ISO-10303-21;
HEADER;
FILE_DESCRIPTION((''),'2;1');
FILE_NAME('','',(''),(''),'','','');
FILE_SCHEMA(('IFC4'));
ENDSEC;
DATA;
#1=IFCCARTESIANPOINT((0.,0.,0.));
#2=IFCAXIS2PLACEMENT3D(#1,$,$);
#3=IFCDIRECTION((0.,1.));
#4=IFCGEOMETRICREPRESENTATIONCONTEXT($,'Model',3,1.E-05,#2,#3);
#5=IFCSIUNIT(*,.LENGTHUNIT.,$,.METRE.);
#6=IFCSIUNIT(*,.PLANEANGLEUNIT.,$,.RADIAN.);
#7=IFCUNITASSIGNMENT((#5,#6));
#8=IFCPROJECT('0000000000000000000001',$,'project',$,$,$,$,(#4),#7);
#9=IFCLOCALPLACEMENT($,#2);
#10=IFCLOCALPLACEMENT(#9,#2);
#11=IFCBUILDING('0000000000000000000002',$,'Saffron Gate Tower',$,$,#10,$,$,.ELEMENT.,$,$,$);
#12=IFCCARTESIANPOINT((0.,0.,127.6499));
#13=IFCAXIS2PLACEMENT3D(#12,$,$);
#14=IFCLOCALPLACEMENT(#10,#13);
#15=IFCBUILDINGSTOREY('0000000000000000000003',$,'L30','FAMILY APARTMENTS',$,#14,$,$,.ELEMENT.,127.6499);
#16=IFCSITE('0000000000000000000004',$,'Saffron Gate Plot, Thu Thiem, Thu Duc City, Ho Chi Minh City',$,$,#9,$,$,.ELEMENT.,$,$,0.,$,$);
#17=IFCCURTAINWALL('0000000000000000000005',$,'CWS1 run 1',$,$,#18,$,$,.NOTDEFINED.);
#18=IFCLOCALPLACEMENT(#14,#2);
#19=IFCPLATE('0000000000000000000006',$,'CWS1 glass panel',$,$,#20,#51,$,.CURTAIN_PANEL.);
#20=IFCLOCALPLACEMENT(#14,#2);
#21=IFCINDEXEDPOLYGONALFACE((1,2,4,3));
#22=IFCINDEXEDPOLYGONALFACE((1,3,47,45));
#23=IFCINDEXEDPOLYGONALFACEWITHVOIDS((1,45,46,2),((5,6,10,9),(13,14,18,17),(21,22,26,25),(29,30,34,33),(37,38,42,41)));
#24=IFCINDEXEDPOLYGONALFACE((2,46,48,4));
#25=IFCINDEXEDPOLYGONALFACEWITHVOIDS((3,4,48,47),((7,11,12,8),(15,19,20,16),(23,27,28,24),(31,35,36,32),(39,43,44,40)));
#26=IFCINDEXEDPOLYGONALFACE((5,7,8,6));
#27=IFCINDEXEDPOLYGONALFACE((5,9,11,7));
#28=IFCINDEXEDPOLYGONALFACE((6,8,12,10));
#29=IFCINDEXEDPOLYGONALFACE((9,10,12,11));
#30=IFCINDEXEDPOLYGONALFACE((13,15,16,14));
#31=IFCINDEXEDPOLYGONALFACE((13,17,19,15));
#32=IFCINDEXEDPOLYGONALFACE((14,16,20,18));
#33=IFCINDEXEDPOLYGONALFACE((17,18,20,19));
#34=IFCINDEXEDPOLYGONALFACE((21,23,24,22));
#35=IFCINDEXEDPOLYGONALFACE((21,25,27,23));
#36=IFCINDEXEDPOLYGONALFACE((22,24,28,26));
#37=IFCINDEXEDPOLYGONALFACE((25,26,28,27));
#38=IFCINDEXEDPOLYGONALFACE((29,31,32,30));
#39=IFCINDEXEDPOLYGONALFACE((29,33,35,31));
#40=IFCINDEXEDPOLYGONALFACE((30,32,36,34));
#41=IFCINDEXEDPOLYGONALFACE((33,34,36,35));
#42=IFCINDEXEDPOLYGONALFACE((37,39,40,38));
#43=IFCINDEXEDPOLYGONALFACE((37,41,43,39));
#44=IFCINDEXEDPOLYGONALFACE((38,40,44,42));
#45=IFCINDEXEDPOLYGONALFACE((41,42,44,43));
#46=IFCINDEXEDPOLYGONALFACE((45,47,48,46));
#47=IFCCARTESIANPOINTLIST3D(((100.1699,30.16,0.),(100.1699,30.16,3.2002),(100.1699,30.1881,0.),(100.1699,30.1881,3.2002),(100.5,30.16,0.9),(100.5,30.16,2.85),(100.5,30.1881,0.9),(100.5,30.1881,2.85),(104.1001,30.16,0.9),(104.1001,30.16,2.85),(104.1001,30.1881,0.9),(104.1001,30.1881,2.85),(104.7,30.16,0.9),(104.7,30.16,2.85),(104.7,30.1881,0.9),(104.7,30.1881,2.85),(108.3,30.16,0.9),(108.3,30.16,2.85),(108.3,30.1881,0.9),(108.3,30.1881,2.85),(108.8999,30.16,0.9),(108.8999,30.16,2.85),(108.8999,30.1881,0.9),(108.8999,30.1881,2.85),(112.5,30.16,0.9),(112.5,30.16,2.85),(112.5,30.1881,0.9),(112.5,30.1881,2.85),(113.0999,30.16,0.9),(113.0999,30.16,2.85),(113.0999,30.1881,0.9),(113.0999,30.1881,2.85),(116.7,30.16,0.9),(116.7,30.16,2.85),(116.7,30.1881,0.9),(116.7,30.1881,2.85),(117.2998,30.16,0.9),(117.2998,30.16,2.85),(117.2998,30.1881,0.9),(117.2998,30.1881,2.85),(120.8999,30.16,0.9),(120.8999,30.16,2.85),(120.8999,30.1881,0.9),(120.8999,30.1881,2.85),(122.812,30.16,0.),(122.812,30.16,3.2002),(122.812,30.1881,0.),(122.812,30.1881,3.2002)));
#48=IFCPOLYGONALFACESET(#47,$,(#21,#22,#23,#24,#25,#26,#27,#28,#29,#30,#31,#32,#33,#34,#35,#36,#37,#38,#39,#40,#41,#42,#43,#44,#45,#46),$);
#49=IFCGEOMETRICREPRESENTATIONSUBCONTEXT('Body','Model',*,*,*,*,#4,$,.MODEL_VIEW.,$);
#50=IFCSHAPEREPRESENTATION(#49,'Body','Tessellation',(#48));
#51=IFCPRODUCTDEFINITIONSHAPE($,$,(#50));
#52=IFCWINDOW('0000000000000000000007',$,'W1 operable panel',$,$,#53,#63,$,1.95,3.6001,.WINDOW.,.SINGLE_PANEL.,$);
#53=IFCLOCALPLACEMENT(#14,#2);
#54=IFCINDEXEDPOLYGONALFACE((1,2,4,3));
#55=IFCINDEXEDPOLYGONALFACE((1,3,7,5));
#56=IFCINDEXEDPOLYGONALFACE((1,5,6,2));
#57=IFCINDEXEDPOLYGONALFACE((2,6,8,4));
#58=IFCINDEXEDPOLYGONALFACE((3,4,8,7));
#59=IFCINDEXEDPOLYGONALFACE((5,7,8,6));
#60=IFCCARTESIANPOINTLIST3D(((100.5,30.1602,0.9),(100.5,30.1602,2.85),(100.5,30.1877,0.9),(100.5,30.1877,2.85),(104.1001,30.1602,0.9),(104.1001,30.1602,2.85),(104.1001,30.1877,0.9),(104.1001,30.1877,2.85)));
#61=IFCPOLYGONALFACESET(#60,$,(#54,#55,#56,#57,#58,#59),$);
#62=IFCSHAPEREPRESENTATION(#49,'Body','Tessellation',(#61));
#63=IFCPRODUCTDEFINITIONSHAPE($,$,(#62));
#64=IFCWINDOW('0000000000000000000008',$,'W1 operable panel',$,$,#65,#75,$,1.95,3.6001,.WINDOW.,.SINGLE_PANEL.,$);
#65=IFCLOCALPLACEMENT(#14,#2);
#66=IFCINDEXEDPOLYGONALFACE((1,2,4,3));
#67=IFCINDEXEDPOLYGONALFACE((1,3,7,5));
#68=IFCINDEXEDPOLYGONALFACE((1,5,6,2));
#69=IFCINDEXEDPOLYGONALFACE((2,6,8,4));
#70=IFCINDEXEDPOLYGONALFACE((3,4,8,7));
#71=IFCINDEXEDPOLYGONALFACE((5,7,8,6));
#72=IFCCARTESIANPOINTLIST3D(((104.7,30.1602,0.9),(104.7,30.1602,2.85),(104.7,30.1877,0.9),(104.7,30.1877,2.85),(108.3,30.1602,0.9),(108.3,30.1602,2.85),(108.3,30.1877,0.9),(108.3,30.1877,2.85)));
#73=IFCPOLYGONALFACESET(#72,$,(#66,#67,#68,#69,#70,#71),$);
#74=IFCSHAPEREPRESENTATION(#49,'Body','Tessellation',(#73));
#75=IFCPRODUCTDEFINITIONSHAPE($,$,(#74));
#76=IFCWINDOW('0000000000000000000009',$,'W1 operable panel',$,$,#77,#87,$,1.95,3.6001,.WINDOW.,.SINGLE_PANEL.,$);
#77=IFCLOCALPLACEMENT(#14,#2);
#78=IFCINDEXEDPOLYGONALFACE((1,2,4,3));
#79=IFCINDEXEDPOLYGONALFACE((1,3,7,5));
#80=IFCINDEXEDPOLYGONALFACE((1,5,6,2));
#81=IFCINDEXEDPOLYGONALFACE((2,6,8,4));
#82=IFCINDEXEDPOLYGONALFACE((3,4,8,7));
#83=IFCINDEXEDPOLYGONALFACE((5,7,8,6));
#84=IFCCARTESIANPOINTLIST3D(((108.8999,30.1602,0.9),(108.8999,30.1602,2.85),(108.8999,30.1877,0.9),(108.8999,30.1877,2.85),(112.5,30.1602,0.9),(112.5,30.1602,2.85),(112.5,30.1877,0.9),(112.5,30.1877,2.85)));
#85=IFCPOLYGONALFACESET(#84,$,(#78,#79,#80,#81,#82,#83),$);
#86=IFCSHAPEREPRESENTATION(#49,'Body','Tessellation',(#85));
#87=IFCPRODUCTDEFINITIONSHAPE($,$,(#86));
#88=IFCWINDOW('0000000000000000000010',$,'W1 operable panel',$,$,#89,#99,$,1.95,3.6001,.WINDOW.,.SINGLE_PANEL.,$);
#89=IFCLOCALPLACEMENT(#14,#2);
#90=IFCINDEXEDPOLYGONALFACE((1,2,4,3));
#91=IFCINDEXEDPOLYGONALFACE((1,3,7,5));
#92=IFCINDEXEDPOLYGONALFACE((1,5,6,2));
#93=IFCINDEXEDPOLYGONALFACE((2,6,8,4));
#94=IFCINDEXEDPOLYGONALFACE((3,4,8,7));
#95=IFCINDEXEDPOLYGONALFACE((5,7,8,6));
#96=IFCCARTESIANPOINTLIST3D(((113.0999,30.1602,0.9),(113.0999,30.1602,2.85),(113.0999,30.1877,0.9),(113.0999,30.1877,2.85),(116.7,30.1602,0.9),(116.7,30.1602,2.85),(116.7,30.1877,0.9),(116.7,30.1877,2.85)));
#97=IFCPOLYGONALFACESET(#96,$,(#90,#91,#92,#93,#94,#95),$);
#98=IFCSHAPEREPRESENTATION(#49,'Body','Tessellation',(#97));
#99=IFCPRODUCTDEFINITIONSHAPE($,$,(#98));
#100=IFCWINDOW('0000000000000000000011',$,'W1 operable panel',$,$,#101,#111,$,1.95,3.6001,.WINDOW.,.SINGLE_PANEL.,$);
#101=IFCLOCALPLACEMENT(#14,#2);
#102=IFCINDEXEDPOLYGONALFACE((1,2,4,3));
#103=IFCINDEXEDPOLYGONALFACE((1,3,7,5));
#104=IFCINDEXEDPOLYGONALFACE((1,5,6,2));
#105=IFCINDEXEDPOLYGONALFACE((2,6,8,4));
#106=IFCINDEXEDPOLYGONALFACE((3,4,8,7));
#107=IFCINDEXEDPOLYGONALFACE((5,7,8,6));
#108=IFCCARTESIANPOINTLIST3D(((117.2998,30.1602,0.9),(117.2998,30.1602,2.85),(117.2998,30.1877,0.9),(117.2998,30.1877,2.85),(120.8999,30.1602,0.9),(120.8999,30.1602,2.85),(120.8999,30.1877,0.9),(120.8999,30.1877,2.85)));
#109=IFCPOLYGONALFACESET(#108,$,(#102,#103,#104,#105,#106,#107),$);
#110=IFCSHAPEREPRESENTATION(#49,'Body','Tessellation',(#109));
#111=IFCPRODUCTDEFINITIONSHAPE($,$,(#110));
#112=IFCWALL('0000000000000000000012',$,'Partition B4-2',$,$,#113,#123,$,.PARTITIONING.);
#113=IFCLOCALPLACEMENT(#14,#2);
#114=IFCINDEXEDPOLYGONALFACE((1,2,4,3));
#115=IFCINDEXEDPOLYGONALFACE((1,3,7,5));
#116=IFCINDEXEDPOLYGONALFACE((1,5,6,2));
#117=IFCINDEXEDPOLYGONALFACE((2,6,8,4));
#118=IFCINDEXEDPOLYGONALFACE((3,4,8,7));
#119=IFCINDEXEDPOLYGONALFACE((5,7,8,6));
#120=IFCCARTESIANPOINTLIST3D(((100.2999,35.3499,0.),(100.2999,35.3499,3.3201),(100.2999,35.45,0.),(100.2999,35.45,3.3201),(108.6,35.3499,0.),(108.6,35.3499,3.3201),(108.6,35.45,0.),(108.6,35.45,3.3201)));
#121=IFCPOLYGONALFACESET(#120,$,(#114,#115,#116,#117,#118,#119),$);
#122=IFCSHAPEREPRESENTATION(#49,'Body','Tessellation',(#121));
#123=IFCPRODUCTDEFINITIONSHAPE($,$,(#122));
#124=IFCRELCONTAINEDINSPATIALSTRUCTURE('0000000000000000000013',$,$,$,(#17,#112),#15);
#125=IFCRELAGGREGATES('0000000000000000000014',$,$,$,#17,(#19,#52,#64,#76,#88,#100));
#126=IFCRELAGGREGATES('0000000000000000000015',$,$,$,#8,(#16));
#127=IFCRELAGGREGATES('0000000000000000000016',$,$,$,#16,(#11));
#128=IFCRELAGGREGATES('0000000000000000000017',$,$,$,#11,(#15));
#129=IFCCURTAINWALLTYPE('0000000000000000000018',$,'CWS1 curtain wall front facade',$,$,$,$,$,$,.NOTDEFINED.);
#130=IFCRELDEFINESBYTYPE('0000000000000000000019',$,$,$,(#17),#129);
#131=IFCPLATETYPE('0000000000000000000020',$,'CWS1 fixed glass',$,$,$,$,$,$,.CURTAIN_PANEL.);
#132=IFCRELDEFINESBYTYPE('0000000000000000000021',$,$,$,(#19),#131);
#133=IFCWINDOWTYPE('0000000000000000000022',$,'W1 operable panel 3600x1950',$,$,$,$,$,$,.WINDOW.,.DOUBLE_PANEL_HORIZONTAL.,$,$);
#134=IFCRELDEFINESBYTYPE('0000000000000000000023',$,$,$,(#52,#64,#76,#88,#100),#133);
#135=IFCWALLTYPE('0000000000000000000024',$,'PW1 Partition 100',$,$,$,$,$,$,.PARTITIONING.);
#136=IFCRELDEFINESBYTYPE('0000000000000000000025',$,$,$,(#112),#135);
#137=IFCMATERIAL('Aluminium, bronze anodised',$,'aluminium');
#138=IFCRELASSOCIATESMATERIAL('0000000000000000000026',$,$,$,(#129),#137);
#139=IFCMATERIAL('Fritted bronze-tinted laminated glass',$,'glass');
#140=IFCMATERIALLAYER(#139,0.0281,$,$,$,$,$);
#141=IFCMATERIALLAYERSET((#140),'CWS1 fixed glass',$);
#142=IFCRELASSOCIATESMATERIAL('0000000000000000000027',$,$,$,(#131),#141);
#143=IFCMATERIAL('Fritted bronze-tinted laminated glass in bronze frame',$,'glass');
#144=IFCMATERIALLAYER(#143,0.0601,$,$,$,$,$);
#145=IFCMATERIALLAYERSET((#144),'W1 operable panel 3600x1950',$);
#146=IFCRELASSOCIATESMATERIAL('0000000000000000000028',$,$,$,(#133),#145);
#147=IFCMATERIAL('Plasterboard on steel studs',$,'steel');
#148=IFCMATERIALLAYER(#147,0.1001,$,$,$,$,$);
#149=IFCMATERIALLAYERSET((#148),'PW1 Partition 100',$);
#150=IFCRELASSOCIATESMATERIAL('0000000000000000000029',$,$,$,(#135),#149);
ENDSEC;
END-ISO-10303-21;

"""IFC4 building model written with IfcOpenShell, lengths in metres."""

from ifc_helpers import new_model, si_unit, direction, frame, frame_2d, origin, place, context, subcontext, project, spatial, rectangle, extrude, material, layer, layer_set, type_object, element, fill, aggregate, save


model = new_model("IFC4")

# Units and contexts
model_context = context("Model", 3, precision=1e-05, world=origin(), true_north=direction((0.0, 1.0)))
body_context = subcontext(model_context, "Body", "Model", "MODEL_VIEW")
ifc_project = project(units=[si_unit("LENGTHUNIT", "METRE"), si_unit("PLANEANGLEUNIT", "RADIAN")], contexts=[model_context])

# Site, building, storey
site_placement = place(None, origin())
site = spatial("IfcSite", under=ifc_project, at=site_placement, Name="Saffron Gate Plot, Thu Thiem, Thu Duc City, Ho Chi Minh City", CompositionType="ELEMENT", RefElevation=0.0)
building_placement = place(site_placement, origin())
building = spatial("IfcBuilding", under=site, at=building_placement, Name="Saffron Gate Tower", CompositionType="ELEMENT")
storey_placement = place(building_placement, frame((0.0, 0.0, 127.6499)))
storey = spatial("IfcBuildingStorey", under=building, at=storey_placement, Name="L30", Description="FAMILY APARTMENTS", CompositionType="ELEMENT", Elevation=127.6499)

# Curtain wall, plate, openings, windows
ifc_material_1 = material(Name="Aluminium, bronze anodised", Category="aluminium")
curtain_wall_type = type_object("IfcCurtainWallType", Name="CWS1 curtain wall front facade", PredefinedType="NOTDEFINED", material=ifc_material_1)
curtain_wall_placement = place(storey_placement, origin())
curtain_wall = element("IfcCurtainWall", 1, at=curtain_wall_placement, inside=storey, type_object=curtain_wall_type, Name="CWS1 run 1", PredefinedType="NOTDEFINED")
ifc_material_2 = material(Name="Fritted bronze-tinted laminated glass", Category="glass")
ifc_layer_1 = layer(ifc_material_2, 0.0281)
ifc_layer_set_1 = layer_set([ifc_layer_1], Name="CWS1 fixed glass")
plate_type = type_object("IfcPlateType", Name="CWS1 fixed glass", PredefinedType="CURTAIN_PANEL", material=ifc_layer_set_1)
plate_placement = place(storey_placement, frame((100.1699, 30.1741, 0.0), z_axis=(0.0, 0.0, 1.0), x_axis=(1.0, 0.0, 0.0)))
plate = element("IfcPlate", 2, at=plate_placement, type_object=plate_type, Name="CWS1 glass panel", PredefinedType="CURTAIN_PANEL", context=body_context, shape_type="SweptSolid", body=[
    extrude(rectangle(XDim=22.6421, YDim=0.0281, at=frame_2d((11.321, 0.0))), origin(), (0.0, 0.0, 1.0), 3.2002),
])
opening_1_placement = place(plate_placement, frame((0.3301, 0.0, 0.8999)))
opening_1 = element("IfcOpeningElement", 3, at=opening_1_placement, cuts=plate, PredefinedType="OPENING", context=body_context, shape_type="SweptSolid", body=[
    extrude(rectangle(XDim=3.6001, YDim=1.95, at=frame_2d((1.8, 0.9751))), frame((0.0, 0.0239, 0.0), z_axis=(0.0, -1.0, 0.0), x_axis=(1.0, 0.0, 0.0)), (0.0, 0.0, 1.0), 0.0481),
])
opening_2_placement = place(plate_placement, frame((4.53, 0.0, 0.8999)))
opening_2 = element("IfcOpeningElement", 4, at=opening_2_placement, cuts=plate, PredefinedType="OPENING", context=body_context, shape_type="SweptSolid", body=[
    extrude(rectangle(XDim=3.6001, YDim=1.95, at=frame_2d((1.8, 0.9751))), frame((0.0, 0.0239, 0.0), z_axis=(0.0, -1.0, 0.0), x_axis=(1.0, 0.0, 0.0)), (0.0, 0.0, 1.0), 0.0481),
])
opening_3_placement = place(plate_placement, frame((8.73, 0.0, 0.8999)))
opening_3 = element("IfcOpeningElement", 5, at=opening_3_placement, cuts=plate, PredefinedType="OPENING", context=body_context, shape_type="SweptSolid", body=[
    extrude(rectangle(XDim=3.6001, YDim=1.95, at=frame_2d((1.8, 0.9751))), frame((0.0, 0.0239, 0.0), z_axis=(0.0, -1.0, 0.0), x_axis=(1.0, 0.0, 0.0)), (0.0, 0.0, 1.0), 0.0481),
])
opening_4_placement = place(plate_placement, frame((12.9299, 0.0, 0.8999)))
opening_4 = element("IfcOpeningElement", 6, at=opening_4_placement, cuts=plate, PredefinedType="OPENING", context=body_context, shape_type="SweptSolid", body=[
    extrude(rectangle(XDim=3.6001, YDim=1.95, at=frame_2d((1.8, 0.9751))), frame((0.0, 0.0239, 0.0), z_axis=(0.0, -1.0, 0.0), x_axis=(1.0, 0.0, 0.0)), (0.0, 0.0, 1.0), 0.0481),
])
opening_5_placement = place(plate_placement, frame((17.1299, 0.0, 0.8999)))
opening_5 = element("IfcOpeningElement", 7, at=opening_5_placement, cuts=plate, PredefinedType="OPENING", context=body_context, shape_type="SweptSolid", body=[
    extrude(rectangle(XDim=3.6001, YDim=1.95, at=frame_2d((1.8, 0.9751))), frame((0.0, 0.0239, 0.0), z_axis=(0.0, -1.0, 0.0), x_axis=(1.0, 0.0, 0.0)), (0.0, 0.0, 1.0), 0.0481),
])
ifc_material_3 = material(Name="Fritted bronze-tinted laminated glass in bronze frame", Category="glass")
ifc_layer_2 = layer(ifc_material_3, 0.0601)
ifc_layer_set_2 = layer_set([ifc_layer_2], Name="W1 operable panel 3600x1950")
window_type = type_object("IfcWindowType", Name="W1 operable panel 3600x1950", PartitioningType="DOUBLE_PANEL_HORIZONTAL", PredefinedType="WINDOW", material=ifc_layer_set_2)
window_1_placement = place(opening_1_placement, origin())
window_1 = element("IfcWindow", 8, at=window_1_placement, type_object=window_type, Name="W1 operable panel", OverallHeight=1.95, OverallWidth=3.6001, PartitioningType="SINGLE_PANEL", PredefinedType="WINDOW", context=body_context, shape_type="SweptSolid", body=[
    extrude(rectangle(XDim=3.6001, YDim=1.95, at=frame_2d((1.8, 0.9751))), frame((0.0, 0.0137, 0.0), z_axis=(0.0, -1.0, 0.0), x_axis=(1.0, 0.0, 0.0)), (0.0, 0.0, 1.0), 0.0276),
])
fill(opening_1, window_1)
window_2_placement = place(opening_2_placement, origin())
window_2 = element("IfcWindow", 9, at=window_2_placement, type_object=window_type, Name="W1 operable panel", OverallHeight=1.95, OverallWidth=3.6001, PartitioningType="SINGLE_PANEL", PredefinedType="WINDOW", context=body_context, shape_type="SweptSolid", body=[
    extrude(rectangle(XDim=3.6001, YDim=1.95, at=frame_2d((1.8, 0.9751))), frame((0.0, 0.0137, 0.0), z_axis=(0.0, -1.0, 0.0), x_axis=(1.0, 0.0, 0.0)), (0.0, 0.0, 1.0), 0.0276),
])
fill(opening_2, window_2)
window_3_placement = place(opening_3_placement, origin())
window_3 = element("IfcWindow", 10, at=window_3_placement, type_object=window_type, Name="W1 operable panel", OverallHeight=1.95, OverallWidth=3.6001, PartitioningType="SINGLE_PANEL", PredefinedType="WINDOW", context=body_context, shape_type="SweptSolid", body=[
    extrude(rectangle(XDim=3.6001, YDim=1.95, at=frame_2d((1.8, 0.9751))), frame((0.0, 0.0137, 0.0), z_axis=(0.0, -1.0, 0.0), x_axis=(1.0, 0.0, 0.0)), (0.0, 0.0, 1.0), 0.0276),
])
fill(opening_3, window_3)
window_4_placement = place(opening_4_placement, origin())
window_4 = element("IfcWindow", 11, at=window_4_placement, type_object=window_type, Name="W1 operable panel", OverallHeight=1.95, OverallWidth=3.6001, PartitioningType="SINGLE_PANEL", PredefinedType="WINDOW", context=body_context, shape_type="SweptSolid", body=[
    extrude(rectangle(XDim=3.6001, YDim=1.95, at=frame_2d((1.8, 0.9751))), frame((0.0, 0.0137, 0.0), z_axis=(0.0, -1.0, 0.0), x_axis=(1.0, 0.0, 0.0)), (0.0, 0.0, 1.0), 0.0276),
])
fill(opening_4, window_4)
window_5_placement = place(opening_5_placement, origin())
window_5 = element("IfcWindow", 12, at=window_5_placement, type_object=window_type, Name="W1 operable panel", OverallHeight=1.95, OverallWidth=3.6001, PartitioningType="SINGLE_PANEL", PredefinedType="WINDOW", context=body_context, shape_type="SweptSolid", body=[
    extrude(rectangle(XDim=3.6001, YDim=1.95, at=frame_2d((1.8, 0.9751))), frame((0.0, 0.0137, 0.0), z_axis=(0.0, -1.0, 0.0), x_axis=(1.0, 0.0, 0.0)), (0.0, 0.0, 1.0), 0.0276),
])
fill(opening_5, window_5)
aggregate(curtain_wall, [plate, window_1, window_2, window_3, window_4, window_5])

# Wall
ifc_material_4 = material(Name="Plasterboard on steel studs", Category="steel")
ifc_layer_3 = layer(ifc_material_4, 0.1001)
ifc_layer_set_3 = layer_set([ifc_layer_3], Name="PW1 Partition 100")
wall_type_1 = type_object("IfcWallType", Name="PW1 Partition 100", PredefinedType="PARTITIONING", material=ifc_layer_set_3)
wall_1_placement = place(storey_placement, frame((100.3, 35.3999, 0.0), z_axis=(0.0, 0.0, 1.0), x_axis=(1.0, 0.0, 0.0)))
element("IfcWall", 13, at=wall_1_placement, inside=storey, type_object=wall_type_1, Name="Partition B4-2", PredefinedType="PARTITIONING", context=body_context, shape_type="SweptSolid", body=[
    extrude(rectangle(XDim=8.3, YDim=0.1001, at=frame_2d((4.1499, 0.0))), origin(), (0.0, 0.0, 1.0), 3.3201),
])

save(model, "model.ifc")
